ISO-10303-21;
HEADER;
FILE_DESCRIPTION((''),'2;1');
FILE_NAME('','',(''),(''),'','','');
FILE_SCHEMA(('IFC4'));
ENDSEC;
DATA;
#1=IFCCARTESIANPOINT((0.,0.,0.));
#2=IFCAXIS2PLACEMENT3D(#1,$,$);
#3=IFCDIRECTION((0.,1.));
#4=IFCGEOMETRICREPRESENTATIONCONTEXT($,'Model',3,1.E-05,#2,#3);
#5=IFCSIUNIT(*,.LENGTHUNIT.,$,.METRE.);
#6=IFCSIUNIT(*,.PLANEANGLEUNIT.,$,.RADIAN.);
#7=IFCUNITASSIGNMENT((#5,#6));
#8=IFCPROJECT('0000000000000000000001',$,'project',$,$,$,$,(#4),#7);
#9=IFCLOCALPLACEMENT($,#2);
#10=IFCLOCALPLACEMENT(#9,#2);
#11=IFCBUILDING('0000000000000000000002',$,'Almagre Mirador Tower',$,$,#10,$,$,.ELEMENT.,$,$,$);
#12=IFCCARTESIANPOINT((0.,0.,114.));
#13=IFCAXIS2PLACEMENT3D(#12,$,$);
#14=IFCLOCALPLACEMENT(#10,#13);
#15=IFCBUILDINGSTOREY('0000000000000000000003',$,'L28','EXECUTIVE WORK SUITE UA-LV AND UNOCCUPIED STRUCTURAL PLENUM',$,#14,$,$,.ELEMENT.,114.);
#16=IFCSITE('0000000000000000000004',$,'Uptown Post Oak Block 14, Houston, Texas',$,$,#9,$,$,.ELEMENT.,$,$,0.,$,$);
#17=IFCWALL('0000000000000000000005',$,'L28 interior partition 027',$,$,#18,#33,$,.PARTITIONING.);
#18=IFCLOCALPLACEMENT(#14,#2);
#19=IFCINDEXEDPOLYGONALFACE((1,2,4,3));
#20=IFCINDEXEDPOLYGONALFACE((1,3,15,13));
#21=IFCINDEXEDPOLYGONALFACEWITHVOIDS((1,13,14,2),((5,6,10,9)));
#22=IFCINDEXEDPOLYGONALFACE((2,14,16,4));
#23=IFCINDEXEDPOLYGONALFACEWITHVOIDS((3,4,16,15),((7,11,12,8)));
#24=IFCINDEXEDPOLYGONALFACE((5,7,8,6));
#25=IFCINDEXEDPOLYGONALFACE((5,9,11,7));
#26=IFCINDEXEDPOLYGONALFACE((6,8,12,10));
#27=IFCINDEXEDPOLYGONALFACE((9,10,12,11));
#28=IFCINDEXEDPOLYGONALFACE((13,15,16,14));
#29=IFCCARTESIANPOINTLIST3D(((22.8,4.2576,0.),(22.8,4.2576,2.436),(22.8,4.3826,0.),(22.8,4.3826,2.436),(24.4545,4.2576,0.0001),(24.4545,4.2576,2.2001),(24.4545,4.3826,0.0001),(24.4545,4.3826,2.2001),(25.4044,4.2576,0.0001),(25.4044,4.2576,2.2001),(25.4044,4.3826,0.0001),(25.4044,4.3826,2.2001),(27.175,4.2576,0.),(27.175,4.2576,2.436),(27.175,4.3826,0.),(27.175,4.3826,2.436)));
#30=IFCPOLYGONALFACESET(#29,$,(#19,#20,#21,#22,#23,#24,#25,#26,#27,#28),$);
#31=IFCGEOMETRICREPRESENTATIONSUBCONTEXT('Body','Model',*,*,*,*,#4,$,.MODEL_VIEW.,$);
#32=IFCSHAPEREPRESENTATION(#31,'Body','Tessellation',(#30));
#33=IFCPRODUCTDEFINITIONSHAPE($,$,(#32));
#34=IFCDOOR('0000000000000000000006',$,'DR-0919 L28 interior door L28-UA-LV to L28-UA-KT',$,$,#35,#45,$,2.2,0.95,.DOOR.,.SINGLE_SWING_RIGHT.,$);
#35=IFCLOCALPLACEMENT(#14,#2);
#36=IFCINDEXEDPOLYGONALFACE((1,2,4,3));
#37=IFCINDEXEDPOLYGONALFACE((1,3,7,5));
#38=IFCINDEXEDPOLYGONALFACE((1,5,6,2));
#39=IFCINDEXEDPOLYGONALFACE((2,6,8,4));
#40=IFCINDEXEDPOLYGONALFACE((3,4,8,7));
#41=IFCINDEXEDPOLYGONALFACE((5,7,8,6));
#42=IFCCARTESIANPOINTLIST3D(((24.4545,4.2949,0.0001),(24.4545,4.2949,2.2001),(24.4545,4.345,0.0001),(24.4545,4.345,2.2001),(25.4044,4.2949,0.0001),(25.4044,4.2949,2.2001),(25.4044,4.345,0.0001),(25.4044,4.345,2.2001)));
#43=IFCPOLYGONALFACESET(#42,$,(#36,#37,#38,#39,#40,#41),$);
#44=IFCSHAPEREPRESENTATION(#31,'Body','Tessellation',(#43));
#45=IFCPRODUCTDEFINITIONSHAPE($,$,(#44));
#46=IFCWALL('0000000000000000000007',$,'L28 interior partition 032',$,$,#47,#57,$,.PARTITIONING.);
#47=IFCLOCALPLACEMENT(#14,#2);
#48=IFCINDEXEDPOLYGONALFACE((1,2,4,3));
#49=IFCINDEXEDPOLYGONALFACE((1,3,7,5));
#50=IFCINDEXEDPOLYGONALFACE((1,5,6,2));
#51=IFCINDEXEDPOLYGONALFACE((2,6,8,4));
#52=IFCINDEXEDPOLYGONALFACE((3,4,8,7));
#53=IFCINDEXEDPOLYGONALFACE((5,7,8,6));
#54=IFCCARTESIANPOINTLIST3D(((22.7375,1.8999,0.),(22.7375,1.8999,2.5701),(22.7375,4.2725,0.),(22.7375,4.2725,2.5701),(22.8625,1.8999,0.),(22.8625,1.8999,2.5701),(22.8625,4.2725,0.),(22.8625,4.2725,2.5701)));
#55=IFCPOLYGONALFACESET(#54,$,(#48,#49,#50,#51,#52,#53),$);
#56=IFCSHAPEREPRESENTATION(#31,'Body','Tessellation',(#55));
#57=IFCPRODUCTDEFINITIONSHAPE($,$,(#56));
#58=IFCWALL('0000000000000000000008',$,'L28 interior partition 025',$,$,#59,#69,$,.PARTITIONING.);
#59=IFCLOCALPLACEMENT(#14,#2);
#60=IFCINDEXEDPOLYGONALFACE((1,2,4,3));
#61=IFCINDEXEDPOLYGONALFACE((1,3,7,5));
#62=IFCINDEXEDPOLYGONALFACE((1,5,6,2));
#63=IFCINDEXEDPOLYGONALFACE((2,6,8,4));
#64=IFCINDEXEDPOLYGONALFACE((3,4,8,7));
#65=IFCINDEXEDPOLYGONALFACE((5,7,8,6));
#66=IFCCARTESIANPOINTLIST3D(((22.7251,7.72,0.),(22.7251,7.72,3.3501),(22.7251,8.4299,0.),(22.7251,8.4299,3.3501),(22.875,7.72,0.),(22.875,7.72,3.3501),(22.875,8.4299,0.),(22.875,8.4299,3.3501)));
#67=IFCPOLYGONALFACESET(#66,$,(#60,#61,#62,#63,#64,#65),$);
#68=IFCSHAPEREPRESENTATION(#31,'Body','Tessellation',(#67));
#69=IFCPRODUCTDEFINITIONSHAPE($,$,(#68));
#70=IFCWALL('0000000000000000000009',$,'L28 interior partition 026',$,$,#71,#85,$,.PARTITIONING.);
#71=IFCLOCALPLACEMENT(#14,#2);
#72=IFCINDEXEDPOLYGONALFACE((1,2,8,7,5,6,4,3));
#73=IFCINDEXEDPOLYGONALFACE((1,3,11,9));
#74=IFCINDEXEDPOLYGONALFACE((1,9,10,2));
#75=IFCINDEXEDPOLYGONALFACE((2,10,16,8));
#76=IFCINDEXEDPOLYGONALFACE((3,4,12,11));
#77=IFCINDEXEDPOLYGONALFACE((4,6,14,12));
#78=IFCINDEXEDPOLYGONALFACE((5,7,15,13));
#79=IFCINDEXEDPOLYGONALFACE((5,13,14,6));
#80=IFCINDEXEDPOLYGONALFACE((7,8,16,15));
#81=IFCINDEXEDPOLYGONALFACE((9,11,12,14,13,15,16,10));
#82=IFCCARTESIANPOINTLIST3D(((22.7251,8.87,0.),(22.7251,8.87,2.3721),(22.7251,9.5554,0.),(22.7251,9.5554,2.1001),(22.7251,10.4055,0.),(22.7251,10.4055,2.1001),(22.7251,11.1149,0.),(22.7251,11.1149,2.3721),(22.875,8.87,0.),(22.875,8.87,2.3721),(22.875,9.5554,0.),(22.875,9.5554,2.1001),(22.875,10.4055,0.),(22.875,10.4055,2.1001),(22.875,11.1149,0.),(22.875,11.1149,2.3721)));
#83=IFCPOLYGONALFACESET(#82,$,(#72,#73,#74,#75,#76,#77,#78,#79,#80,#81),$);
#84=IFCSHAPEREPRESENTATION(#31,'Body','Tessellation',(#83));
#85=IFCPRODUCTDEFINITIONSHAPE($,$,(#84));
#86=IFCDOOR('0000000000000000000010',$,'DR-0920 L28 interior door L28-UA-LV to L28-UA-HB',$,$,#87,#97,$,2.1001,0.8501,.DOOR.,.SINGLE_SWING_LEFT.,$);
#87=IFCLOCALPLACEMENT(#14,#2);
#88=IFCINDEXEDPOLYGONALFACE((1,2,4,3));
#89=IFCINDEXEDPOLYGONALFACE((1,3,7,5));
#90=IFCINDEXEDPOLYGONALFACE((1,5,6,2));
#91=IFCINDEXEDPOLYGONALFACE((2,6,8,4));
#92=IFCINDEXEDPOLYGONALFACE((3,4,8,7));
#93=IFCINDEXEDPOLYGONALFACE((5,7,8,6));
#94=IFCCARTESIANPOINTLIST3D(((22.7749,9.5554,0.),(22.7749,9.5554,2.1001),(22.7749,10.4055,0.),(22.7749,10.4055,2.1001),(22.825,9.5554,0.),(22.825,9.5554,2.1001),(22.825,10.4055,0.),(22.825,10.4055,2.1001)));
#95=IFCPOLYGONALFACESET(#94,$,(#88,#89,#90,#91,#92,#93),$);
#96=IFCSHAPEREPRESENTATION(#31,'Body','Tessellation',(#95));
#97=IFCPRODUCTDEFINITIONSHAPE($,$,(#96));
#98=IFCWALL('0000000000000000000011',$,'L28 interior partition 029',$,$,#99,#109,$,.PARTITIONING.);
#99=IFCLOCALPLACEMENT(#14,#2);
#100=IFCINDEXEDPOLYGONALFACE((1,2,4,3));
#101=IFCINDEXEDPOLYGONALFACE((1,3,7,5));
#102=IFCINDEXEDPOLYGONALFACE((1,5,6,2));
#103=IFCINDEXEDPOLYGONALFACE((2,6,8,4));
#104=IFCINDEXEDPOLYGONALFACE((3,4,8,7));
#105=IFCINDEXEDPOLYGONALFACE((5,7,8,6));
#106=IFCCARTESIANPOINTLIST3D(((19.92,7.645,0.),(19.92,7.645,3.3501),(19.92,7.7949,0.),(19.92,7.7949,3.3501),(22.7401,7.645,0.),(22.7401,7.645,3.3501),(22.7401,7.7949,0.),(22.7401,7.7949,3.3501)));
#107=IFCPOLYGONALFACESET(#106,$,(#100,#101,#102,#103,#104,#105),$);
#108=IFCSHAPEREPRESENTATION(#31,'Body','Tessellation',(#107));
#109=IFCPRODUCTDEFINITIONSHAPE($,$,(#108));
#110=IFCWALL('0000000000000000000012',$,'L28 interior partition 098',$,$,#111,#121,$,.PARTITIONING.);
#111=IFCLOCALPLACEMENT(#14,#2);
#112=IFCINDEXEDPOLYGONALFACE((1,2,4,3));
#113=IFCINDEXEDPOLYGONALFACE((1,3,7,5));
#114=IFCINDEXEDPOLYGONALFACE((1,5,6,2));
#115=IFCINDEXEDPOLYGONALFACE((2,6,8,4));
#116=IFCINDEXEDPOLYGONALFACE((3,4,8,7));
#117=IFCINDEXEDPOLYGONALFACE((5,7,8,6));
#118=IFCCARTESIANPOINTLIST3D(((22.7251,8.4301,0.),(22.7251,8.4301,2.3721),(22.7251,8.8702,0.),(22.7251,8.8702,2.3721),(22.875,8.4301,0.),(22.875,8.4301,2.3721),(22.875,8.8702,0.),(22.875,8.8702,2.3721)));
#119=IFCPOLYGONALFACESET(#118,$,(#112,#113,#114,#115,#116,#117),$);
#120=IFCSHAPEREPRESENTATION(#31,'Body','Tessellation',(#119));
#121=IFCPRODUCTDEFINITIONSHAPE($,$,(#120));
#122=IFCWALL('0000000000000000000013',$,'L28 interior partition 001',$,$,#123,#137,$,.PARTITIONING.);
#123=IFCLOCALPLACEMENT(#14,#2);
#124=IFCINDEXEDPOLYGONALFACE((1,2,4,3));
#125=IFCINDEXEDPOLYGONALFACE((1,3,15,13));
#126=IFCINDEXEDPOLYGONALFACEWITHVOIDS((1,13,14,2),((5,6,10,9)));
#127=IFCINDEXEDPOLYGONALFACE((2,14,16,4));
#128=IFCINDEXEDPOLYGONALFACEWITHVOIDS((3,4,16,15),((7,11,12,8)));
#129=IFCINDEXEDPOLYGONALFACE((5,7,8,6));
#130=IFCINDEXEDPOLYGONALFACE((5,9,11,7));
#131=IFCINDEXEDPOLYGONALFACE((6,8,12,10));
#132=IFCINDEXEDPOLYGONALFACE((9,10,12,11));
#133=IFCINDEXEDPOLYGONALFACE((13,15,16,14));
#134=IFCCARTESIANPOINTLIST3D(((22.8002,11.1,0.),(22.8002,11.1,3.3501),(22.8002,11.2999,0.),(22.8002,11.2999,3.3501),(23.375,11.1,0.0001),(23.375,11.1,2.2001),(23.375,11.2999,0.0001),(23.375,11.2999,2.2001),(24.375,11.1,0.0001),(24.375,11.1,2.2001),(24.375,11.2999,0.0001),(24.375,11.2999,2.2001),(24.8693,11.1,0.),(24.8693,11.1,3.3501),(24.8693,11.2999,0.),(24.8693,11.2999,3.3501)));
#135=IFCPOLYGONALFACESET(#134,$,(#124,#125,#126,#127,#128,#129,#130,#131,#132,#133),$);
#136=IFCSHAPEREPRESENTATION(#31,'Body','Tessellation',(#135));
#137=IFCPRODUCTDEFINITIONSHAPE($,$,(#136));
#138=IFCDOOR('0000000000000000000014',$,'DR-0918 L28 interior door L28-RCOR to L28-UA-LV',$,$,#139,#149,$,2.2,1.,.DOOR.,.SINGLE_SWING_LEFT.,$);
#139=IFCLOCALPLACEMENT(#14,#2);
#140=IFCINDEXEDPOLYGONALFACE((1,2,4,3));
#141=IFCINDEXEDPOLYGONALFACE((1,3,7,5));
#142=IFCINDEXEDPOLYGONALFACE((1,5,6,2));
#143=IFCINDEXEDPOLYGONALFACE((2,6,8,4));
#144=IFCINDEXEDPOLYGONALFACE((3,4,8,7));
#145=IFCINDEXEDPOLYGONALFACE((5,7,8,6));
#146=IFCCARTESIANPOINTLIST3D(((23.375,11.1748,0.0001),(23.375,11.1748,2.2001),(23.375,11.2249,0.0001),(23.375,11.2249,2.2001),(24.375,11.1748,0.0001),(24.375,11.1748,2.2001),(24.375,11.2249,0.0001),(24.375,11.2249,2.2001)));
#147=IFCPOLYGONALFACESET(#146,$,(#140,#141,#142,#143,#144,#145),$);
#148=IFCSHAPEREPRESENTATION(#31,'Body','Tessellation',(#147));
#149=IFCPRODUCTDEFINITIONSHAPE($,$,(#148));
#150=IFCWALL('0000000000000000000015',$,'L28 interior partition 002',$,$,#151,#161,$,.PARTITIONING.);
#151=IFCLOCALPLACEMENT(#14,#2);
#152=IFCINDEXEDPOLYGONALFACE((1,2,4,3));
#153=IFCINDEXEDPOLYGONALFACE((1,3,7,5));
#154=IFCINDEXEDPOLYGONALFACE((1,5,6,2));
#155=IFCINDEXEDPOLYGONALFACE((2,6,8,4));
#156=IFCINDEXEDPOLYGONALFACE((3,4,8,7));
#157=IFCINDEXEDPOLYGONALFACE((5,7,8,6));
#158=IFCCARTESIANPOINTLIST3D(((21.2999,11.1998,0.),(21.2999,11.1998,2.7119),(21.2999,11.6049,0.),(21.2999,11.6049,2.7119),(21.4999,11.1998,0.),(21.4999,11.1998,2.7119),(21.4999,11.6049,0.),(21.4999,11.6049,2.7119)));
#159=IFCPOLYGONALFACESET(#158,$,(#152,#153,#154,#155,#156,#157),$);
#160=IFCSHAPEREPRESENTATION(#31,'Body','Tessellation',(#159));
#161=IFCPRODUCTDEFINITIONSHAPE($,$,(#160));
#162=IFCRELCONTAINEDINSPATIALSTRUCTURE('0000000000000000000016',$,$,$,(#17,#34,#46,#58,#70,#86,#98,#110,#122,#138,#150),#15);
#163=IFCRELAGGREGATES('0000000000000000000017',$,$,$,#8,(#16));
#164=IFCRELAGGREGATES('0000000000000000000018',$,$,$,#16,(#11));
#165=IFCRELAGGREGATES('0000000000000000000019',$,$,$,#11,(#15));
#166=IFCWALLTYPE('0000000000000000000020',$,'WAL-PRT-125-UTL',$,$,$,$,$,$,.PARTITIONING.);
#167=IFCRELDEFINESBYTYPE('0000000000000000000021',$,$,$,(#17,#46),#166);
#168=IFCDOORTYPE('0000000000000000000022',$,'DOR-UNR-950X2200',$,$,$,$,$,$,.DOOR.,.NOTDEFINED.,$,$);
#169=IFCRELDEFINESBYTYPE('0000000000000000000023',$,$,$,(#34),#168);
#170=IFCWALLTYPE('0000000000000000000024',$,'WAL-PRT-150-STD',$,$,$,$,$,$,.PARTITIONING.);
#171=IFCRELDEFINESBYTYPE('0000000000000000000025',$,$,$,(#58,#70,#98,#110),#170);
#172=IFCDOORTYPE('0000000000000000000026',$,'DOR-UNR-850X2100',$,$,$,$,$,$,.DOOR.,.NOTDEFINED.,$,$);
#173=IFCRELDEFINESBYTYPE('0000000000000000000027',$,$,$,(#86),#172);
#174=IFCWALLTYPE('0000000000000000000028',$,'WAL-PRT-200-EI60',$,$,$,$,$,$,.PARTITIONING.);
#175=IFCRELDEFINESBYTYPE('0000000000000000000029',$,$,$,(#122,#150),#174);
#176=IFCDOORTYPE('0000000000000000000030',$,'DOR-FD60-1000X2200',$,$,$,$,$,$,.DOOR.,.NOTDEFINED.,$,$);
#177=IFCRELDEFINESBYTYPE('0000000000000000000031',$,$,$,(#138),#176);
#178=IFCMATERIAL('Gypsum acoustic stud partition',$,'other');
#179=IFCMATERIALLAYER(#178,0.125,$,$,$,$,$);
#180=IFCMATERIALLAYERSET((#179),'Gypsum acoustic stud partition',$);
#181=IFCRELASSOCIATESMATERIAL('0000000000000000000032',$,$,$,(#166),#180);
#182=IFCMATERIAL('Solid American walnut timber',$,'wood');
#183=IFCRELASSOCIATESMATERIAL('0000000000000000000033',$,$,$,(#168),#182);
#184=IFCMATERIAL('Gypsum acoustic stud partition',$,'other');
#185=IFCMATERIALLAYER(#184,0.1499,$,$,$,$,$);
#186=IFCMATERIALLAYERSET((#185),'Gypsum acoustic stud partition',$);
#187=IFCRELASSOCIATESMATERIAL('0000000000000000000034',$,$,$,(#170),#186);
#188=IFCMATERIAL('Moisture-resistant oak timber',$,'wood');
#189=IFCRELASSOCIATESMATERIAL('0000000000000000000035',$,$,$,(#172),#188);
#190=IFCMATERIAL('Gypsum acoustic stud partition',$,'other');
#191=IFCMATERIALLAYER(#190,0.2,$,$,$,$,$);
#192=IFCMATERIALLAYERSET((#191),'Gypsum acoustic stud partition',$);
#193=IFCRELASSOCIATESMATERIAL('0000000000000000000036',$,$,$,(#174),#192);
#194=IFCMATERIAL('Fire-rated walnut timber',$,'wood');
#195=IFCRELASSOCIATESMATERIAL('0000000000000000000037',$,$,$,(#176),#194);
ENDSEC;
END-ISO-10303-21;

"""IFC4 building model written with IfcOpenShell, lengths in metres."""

from ifc_helpers import new_model, si_unit, direction, frame, frame_2d, origin, place, context, subcontext, project, spatial, rectangle, extrude, material, layer, layer_set, type_object, element, fill, save


model = new_model("IFC4")

# Units and contexts
model_context = context("Model", 3, precision=1e-05, world=origin(), true_north=direction((0.0, 1.0)))
body_context = subcontext(model_context, "Body", "Model", "MODEL_VIEW")
ifc_project = project(units=[si_unit("LENGTHUNIT", "METRE"), si_unit("PLANEANGLEUNIT", "RADIAN")], contexts=[model_context])

# Site, building, storey
site_placement = place(None, origin())
site = spatial("IfcSite", under=ifc_project, at=site_placement, Name="Uptown Post Oak Block 14, Houston, Texas", CompositionType="ELEMENT", RefElevation=0.0)
building_placement = place(site_placement, origin())
building = spatial("IfcBuilding", under=site, at=building_placement, Name="Almagre Mirador Tower", CompositionType="ELEMENT")
storey_placement = place(building_placement, frame((0.0, 0.0, 114.0)))
storey = spatial("IfcBuildingStorey", under=building, at=storey_placement, Name="L28", Description="EXECUTIVE WORK SUITE UA-LV AND UNOCCUPIED STRUCTURAL PLENUM", CompositionType="ELEMENT", Elevation=114.0)

# Wall, opening, door
ifc_material_1 = material(Name="Gypsum acoustic stud partition", Category="other")
ifc_layer_1 = layer(ifc_material_1, 0.125)
ifc_layer_set_1 = layer_set([ifc_layer_1], Name="Gypsum acoustic stud partition")
wall_type_1 = type_object("IfcWallType", Name="WAL-PRT-125-UTL", PredefinedType="PARTITIONING", material=ifc_layer_set_1)
wall_1_placement = place(storey_placement, frame((22.8, 4.3201, 0.0), z_axis=(0.0, 0.0, 1.0), x_axis=(1.0, 0.0, 0.0)))
wall_1 = element("IfcWall", 1, at=wall_1_placement, inside=storey, type_object=wall_type_1, Name="L28 interior partition 027", PredefinedType="PARTITIONING", context=body_context, shape_type="SweptSolid", body=[
    extrude(rectangle(XDim=4.375, YDim=0.125, at=frame_2d((2.1875, 0.0))), origin(), (0.0, 0.0, 1.0), 2.436),
])
opening_1_placement = place(wall_1_placement, frame((1.6543, 0.0, 0.0)))
opening_1 = element("IfcOpeningElement", 2, at=opening_1_placement, cuts=wall_1, PredefinedType="OPENING", context=body_context, shape_type="SweptSolid", body=[
    extrude(rectangle(XDim=0.95, YDim=2.2, at=frame_2d((0.4751, 1.1001))), frame((0.0, 0.0725, 0.0), z_axis=(0.0, -1.0, 0.0), x_axis=(1.0, 0.0, 0.0)), (0.0, 0.0, 1.0), 0.145),
])
ifc_material_2 = material(Name="Solid American walnut timber", Category="wood")
door_type_1 = type_object("IfcDoorType", Name="DOR-UNR-950X2200", OperationType="NOTDEFINED", PredefinedType="DOOR", material=ifc_material_2)
door_1_placement = place(opening_1_placement, origin())
door_1 = element("IfcDoor", 3, at=door_1_placement, inside=storey, type_object=door_type_1, Name="DR-0919 L28 interior door L28-UA-LV to L28-UA-KT", OperationType="SINGLE_SWING_RIGHT", OverallHeight=2.2, OverallWidth=0.95, PredefinedType="DOOR", context=body_context, shape_type="SweptSolid", body=[
    extrude(rectangle(XDim=0.95, YDim=2.2, at=frame_2d((0.4751, 1.1001))), frame((0.0, 0.0249, 0.0), z_axis=(0.0, -1.0, 0.0), x_axis=(1.0, 0.0, 0.0)), (0.0, 0.0, 1.0), 0.05),
])
fill(opening_1, door_1)

# Walls
wall_2_placement = place(storey_placement, frame((22.8, 4.2725, 0.0), z_axis=(0.0, 0.0, 1.0), x_axis=(0.0, -1.0, 0.0)))
element("IfcWall", 4, at=wall_2_placement, inside=storey, type_object=wall_type_1, Name="L28 interior partition 032", PredefinedType="PARTITIONING", context=body_context, shape_type="SweptSolid", body=[
    extrude(rectangle(XDim=2.3726, YDim=0.125, at=frame_2d((1.1863, 0.0))), origin(), (0.0, 0.0, 1.0), 2.5701),
])
ifc_material_3 = material(Name="Gypsum acoustic stud partition", Category="other")
ifc_layer_2 = layer(ifc_material_3, 0.1499)
ifc_layer_set_2 = layer_set([ifc_layer_2], Name="Gypsum acoustic stud partition")
wall_type_2 = type_object("IfcWallType", Name="WAL-PRT-150-STD", PredefinedType="PARTITIONING", material=ifc_layer_set_2)
wall_3_placement = place(storey_placement, frame((22.8, 8.4299, 0.0), z_axis=(0.0, 0.0, 1.0), x_axis=(0.0, -1.0, 0.0)))
element("IfcWall", 5, at=wall_3_placement, inside=storey, type_object=wall_type_2, Name="L28 interior partition 025", PredefinedType="PARTITIONING", context=body_context, shape_type="SweptSolid", body=[
    extrude(rectangle(XDim=0.71, YDim=0.1499, at=frame_2d((0.355, 0.0))), origin(), (0.0, 0.0, 1.0), 3.3501),
])

# Wall, opening, door
wall_4_placement = place(storey_placement, frame((22.8, 11.115, 0.0), z_axis=(0.0, 0.0, 1.0), x_axis=(0.0, -1.0, 0.0)))
wall_4 = element("IfcWall", 6, at=wall_4_placement, inside=storey, type_object=wall_type_2, Name="L28 interior partition 026", PredefinedType="PARTITIONING", context=body_context, shape_type="SweptSolid", body=[
    extrude(rectangle(XDim=2.2449, YDim=0.1499, at=frame_2d((1.1226, 0.0))), origin(), (0.0, 0.0, 1.0), 2.3721),
])
opening_2_placement = place(wall_4_placement, frame((0.7095, 0.0, 0.0)))
opening_2 = element("IfcOpeningElement", 7, at=opening_2_placement, cuts=wall_4, PredefinedType="OPENING", context=body_context, shape_type="SweptSolid", body=[
    extrude(rectangle(XDim=0.8501, YDim=2.1001, at=frame_2d((0.425, 1.05))), frame((0.0, 0.085, 0.0), z_axis=(0.0, -1.0, 0.0), x_axis=(1.0, 0.0, 0.0)), (0.0, 0.0, 1.0), 0.1699),
])
ifc_material_4 = material(Name="Moisture-resistant oak timber", Category="wood")
door_type_2 = type_object("IfcDoorType", Name="DOR-UNR-850X2100", OperationType="NOTDEFINED", PredefinedType="DOOR", material=ifc_material_4)
door_2_placement = place(opening_2_placement, origin())
door_2 = element("IfcDoor", 8, at=door_2_placement, inside=storey, type_object=door_type_2, Name="DR-0920 L28 interior door L28-UA-LV to L28-UA-HB", OperationType="SINGLE_SWING_LEFT", OverallHeight=2.1001, OverallWidth=0.8501, PredefinedType="DOOR", context=body_context, shape_type="SweptSolid", body=[
    extrude(rectangle(XDim=0.8501, YDim=2.1001, at=frame_2d((0.425, 1.05))), frame((0.0, 0.0249, 0.0), z_axis=(0.0, -1.0, 0.0), x_axis=(1.0, 0.0, 0.0)), (0.0, 0.0, 1.0), 0.05),
])
fill(opening_2, door_2)

# Walls
wall_5_placement = place(storey_placement, frame((19.9199, 7.72, 0.0), z_axis=(0.0, 0.0, 1.0), x_axis=(1.0, 0.0, 0.0)))
element("IfcWall", 9, at=wall_5_placement, inside=storey, type_object=wall_type_2, Name="L28 interior partition 029", PredefinedType="PARTITIONING", context=body_context, shape_type="SweptSolid", body=[
    extrude(rectangle(XDim=2.8201, YDim=0.1499, at=frame_2d((1.4102, 0.0))), origin(), (0.0, 0.0, 1.0), 3.3501),
])
wall_6_placement = place(storey_placement, frame((22.8, 8.4299, 0.0), z_axis=(0.0, 0.0, 1.0), x_axis=(0.0, 1.0, 0.0)))
element("IfcWall", 10, at=wall_6_placement, inside=storey, type_object=wall_type_2, Name="L28 interior partition 098", PredefinedType="PARTITIONING", context=body_context, shape_type="SweptSolid", body=[
    extrude(rectangle(XDim=0.4402, YDim=0.1499, at=frame_2d((0.2202, 0.0))), origin(), (0.0, 0.0, 1.0), 2.3721),
])

# Wall, opening, door
ifc_material_5 = material(Name="Gypsum acoustic stud partition", Category="other")
ifc_layer_3 = layer(ifc_material_5, 0.2)
ifc_layer_set_3 = layer_set([ifc_layer_3], Name="Gypsum acoustic stud partition")
wall_type_3 = type_object("IfcWallType", Name="WAL-PRT-200-EI60", PredefinedType="PARTITIONING", material=ifc_layer_set_3)
wall_7_placement = place(storey_placement, frame((22.8, 11.2, 0.0), z_axis=(0.0, 0.0, 1.0), x_axis=(1.0, 0.0, 0.0)))
wall_7 = element("IfcWall", 11, at=wall_7_placement, inside=storey, type_object=wall_type_3, Name="L28 interior partition 001", PredefinedType="PARTITIONING", context=body_context, shape_type="SweptSolid", body=[
    extrude(rectangle(XDim=2.0691, YDim=0.2, at=frame_2d((1.0347, 0.0))), origin(), (0.0, 0.0, 1.0), 3.3501),
])
opening_3_placement = place(wall_7_placement, frame((0.575, 0.0, 0.0)))
opening_3 = element("IfcOpeningElement", 12, at=opening_3_placement, cuts=wall_7, PredefinedType="OPENING", context=body_context, shape_type="SweptSolid", body=[
    extrude(rectangle(XDim=1.0, YDim=2.2, at=frame_2d((0.5, 1.1001))), frame((0.0, 0.1101, 0.0), z_axis=(0.0, -1.0, 0.0), x_axis=(1.0, 0.0, 0.0)), (0.0, 0.0, 1.0), 0.22),
])
ifc_material_6 = material(Name="Fire-rated walnut timber", Category="wood")
door_type_3 = type_object("IfcDoorType", Name="DOR-FD60-1000X2200", OperationType="NOTDEFINED", PredefinedType="DOOR", material=ifc_material_6)
door_3_placement = place(opening_3_placement, origin())
door_3 = element("IfcDoor", 13, at=door_3_placement, inside=storey, type_object=door_type_3, Name="DR-0918 L28 interior door L28-RCOR to L28-UA-LV", OperationType="SINGLE_SWING_LEFT", OverallHeight=2.2, OverallWidth=1.0, PredefinedType="DOOR", context=body_context, shape_type="SweptSolid", body=[
    extrude(rectangle(XDim=1.0, YDim=2.2, at=frame_2d((0.5, 1.1001))), frame((0.0, 0.0249, 0.0), z_axis=(0.0, -1.0, 0.0), x_axis=(1.0, 0.0, 0.0)), (0.0, 0.0, 1.0), 0.05),
])
fill(opening_3, door_3)

# Wall
wall_8_placement = place(storey_placement, frame((21.3999, 11.605, 0.0), z_axis=(0.0, 0.0, 1.0), x_axis=(0.0, -1.0, 0.0)))
element("IfcWall", 14, at=wall_8_placement, inside=storey, type_object=wall_type_3, Name="L28 interior partition 002", PredefinedType="PARTITIONING", context=body_context, shape_type="SweptSolid", body=[
    extrude(rectangle(XDim=0.405, YDim=0.2, at=frame_2d((0.2026, 0.0))), origin(), (0.0, 0.0, 1.0), 2.7119),
])

save(model, "model.ifc")
